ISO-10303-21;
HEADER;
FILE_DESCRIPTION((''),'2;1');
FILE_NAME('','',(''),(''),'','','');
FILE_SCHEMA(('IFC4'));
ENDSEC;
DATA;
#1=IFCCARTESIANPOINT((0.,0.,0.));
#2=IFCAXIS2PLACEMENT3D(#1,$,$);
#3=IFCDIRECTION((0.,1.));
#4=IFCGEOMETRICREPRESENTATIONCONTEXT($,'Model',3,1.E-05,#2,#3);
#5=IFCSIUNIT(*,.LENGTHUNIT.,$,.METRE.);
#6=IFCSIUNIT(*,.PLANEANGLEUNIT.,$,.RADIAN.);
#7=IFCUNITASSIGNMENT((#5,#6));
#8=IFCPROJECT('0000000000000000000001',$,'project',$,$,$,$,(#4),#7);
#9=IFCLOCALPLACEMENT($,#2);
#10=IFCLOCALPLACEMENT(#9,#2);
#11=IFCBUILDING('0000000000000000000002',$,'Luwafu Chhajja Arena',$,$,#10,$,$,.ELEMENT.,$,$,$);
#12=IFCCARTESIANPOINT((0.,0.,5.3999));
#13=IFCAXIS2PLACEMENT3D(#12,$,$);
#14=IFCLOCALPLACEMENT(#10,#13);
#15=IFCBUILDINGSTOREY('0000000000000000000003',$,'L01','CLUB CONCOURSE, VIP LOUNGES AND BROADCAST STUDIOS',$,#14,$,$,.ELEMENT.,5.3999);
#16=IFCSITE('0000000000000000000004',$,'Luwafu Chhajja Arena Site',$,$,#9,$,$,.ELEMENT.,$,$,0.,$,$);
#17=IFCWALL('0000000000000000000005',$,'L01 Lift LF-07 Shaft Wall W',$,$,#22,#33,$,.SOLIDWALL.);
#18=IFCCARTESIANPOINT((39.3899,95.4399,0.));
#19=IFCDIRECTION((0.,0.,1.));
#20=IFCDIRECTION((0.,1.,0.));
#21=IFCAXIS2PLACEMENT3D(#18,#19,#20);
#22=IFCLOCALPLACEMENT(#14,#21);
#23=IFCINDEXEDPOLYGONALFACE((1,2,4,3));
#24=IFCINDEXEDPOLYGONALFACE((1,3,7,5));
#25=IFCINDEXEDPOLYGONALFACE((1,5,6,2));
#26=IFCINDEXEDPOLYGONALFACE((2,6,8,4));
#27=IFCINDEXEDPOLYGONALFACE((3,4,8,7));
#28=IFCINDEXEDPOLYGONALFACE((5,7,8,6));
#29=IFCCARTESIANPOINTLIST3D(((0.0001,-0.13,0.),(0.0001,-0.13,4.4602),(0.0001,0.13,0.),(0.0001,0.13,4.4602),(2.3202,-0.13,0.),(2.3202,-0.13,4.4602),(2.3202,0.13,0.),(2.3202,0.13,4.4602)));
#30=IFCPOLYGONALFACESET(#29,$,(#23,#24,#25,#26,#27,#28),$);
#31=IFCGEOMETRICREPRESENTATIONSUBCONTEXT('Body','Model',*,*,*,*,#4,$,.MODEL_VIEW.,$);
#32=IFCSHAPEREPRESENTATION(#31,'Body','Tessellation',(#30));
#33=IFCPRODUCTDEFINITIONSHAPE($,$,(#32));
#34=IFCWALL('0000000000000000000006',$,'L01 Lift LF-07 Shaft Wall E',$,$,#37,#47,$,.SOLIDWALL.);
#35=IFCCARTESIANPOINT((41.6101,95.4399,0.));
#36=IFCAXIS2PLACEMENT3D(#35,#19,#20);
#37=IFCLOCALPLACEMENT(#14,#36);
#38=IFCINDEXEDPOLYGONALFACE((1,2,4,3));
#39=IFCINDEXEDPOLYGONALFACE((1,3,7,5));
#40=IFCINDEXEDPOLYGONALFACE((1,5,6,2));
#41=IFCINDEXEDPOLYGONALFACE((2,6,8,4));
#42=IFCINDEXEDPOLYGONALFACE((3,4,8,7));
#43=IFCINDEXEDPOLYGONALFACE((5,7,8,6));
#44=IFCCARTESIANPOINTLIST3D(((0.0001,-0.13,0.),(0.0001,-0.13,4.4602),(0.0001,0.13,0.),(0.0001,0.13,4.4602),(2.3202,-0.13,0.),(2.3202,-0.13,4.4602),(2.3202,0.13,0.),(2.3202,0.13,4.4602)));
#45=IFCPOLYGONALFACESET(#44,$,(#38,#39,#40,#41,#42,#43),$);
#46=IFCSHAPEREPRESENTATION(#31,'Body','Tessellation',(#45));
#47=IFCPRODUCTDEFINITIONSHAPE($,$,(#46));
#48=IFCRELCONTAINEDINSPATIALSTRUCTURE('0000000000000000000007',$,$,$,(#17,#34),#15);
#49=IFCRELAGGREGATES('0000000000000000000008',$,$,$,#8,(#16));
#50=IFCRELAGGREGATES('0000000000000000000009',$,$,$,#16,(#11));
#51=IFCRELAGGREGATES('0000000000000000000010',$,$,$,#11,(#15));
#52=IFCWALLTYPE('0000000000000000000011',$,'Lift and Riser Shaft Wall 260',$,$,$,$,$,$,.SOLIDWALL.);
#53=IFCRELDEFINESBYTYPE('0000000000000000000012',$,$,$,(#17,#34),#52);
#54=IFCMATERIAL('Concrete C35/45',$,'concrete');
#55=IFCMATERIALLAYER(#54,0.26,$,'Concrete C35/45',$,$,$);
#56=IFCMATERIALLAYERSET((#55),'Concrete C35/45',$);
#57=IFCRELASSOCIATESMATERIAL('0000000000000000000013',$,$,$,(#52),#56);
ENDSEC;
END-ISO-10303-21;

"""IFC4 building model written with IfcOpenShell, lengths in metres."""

from ifc_helpers import new_model, si_unit, direction, frame, frame_2d, origin, place, context, subcontext, project, spatial, rectangle, extrude, material, layer, layer_set, type_object, element, save


model = new_model("IFC4")

# Units and contexts
model_context = context("Model", 3, precision=1e-05, world=origin(), true_north=direction((0.0, 1.0)))
body_context = subcontext(model_context, "Body", "Model", "MODEL_VIEW")
ifc_project = project(units=[si_unit("LENGTHUNIT", "METRE"), si_unit("PLANEANGLEUNIT", "RADIAN")], contexts=[model_context])

# Site, building, storey
site_placement = place(None, origin())
site = spatial("IfcSite", under=ifc_project, at=site_placement, Name="Luwafu Chhajja Arena Site", CompositionType="ELEMENT", RefElevation=0.0)
building_placement = place(site_placement, origin())
building = spatial("IfcBuilding", under=site, at=building_placement, Name="Luwafu Chhajja Arena", CompositionType="ELEMENT")
storey_placement = place(building_placement, frame((0.0, 0.0, 5.3999)))
storey = spatial("IfcBuildingStorey", under=building, at=storey_placement, Name="L01", Description="CLUB CONCOURSE, VIP LOUNGES AND BROADCAST STUDIOS", CompositionType="ELEMENT", Elevation=5.3999)

# Shared definitions
ifc_material_1 = material(Name="Concrete C35/45", Category="concrete")

# Shared definitions
ifc_layer_1 = layer(ifc_material_1, 0.26, Name="Concrete C35/45")
ifc_layer_set_1 = layer_set([ifc_layer_1], Name="Concrete C35/45")
wall_type_1 = type_object("IfcWallType", Name="Lift and Riser Shaft Wall 260", PredefinedType="SOLIDWALL", material=ifc_layer_set_1)

# Walls
for number, where, z_axis, x_axis, name in (
    (1, (39.3899, 95.4399, 0.0), (0.0, 0.0, 1.0), (0.0, 1.0, 0.0), "L01 Lift LF-07 Shaft Wall W"),
    (2, (41.6101, 95.4399, 0.0), (0.0, 0.0, 1.0), (0.0, 1.0, 0.0), "L01 Lift LF-07 Shaft Wall E"),
):
    element("IfcWall", number, at=place(storey_placement, frame(where, z_axis=z_axis, x_axis=x_axis)), inside=storey, type_object=wall_type_1, Name=name, PredefinedType="SOLIDWALL", context=body_context, shape_type="SweptSolid", body=[
        extrude(rectangle(XDim=2.3201, YDim=0.26, at=frame_2d((1.1602, 0.0))), origin(), (0.0, 0.0, 1.0), 4.4602),
    ])

save(model, "model.ifc")
